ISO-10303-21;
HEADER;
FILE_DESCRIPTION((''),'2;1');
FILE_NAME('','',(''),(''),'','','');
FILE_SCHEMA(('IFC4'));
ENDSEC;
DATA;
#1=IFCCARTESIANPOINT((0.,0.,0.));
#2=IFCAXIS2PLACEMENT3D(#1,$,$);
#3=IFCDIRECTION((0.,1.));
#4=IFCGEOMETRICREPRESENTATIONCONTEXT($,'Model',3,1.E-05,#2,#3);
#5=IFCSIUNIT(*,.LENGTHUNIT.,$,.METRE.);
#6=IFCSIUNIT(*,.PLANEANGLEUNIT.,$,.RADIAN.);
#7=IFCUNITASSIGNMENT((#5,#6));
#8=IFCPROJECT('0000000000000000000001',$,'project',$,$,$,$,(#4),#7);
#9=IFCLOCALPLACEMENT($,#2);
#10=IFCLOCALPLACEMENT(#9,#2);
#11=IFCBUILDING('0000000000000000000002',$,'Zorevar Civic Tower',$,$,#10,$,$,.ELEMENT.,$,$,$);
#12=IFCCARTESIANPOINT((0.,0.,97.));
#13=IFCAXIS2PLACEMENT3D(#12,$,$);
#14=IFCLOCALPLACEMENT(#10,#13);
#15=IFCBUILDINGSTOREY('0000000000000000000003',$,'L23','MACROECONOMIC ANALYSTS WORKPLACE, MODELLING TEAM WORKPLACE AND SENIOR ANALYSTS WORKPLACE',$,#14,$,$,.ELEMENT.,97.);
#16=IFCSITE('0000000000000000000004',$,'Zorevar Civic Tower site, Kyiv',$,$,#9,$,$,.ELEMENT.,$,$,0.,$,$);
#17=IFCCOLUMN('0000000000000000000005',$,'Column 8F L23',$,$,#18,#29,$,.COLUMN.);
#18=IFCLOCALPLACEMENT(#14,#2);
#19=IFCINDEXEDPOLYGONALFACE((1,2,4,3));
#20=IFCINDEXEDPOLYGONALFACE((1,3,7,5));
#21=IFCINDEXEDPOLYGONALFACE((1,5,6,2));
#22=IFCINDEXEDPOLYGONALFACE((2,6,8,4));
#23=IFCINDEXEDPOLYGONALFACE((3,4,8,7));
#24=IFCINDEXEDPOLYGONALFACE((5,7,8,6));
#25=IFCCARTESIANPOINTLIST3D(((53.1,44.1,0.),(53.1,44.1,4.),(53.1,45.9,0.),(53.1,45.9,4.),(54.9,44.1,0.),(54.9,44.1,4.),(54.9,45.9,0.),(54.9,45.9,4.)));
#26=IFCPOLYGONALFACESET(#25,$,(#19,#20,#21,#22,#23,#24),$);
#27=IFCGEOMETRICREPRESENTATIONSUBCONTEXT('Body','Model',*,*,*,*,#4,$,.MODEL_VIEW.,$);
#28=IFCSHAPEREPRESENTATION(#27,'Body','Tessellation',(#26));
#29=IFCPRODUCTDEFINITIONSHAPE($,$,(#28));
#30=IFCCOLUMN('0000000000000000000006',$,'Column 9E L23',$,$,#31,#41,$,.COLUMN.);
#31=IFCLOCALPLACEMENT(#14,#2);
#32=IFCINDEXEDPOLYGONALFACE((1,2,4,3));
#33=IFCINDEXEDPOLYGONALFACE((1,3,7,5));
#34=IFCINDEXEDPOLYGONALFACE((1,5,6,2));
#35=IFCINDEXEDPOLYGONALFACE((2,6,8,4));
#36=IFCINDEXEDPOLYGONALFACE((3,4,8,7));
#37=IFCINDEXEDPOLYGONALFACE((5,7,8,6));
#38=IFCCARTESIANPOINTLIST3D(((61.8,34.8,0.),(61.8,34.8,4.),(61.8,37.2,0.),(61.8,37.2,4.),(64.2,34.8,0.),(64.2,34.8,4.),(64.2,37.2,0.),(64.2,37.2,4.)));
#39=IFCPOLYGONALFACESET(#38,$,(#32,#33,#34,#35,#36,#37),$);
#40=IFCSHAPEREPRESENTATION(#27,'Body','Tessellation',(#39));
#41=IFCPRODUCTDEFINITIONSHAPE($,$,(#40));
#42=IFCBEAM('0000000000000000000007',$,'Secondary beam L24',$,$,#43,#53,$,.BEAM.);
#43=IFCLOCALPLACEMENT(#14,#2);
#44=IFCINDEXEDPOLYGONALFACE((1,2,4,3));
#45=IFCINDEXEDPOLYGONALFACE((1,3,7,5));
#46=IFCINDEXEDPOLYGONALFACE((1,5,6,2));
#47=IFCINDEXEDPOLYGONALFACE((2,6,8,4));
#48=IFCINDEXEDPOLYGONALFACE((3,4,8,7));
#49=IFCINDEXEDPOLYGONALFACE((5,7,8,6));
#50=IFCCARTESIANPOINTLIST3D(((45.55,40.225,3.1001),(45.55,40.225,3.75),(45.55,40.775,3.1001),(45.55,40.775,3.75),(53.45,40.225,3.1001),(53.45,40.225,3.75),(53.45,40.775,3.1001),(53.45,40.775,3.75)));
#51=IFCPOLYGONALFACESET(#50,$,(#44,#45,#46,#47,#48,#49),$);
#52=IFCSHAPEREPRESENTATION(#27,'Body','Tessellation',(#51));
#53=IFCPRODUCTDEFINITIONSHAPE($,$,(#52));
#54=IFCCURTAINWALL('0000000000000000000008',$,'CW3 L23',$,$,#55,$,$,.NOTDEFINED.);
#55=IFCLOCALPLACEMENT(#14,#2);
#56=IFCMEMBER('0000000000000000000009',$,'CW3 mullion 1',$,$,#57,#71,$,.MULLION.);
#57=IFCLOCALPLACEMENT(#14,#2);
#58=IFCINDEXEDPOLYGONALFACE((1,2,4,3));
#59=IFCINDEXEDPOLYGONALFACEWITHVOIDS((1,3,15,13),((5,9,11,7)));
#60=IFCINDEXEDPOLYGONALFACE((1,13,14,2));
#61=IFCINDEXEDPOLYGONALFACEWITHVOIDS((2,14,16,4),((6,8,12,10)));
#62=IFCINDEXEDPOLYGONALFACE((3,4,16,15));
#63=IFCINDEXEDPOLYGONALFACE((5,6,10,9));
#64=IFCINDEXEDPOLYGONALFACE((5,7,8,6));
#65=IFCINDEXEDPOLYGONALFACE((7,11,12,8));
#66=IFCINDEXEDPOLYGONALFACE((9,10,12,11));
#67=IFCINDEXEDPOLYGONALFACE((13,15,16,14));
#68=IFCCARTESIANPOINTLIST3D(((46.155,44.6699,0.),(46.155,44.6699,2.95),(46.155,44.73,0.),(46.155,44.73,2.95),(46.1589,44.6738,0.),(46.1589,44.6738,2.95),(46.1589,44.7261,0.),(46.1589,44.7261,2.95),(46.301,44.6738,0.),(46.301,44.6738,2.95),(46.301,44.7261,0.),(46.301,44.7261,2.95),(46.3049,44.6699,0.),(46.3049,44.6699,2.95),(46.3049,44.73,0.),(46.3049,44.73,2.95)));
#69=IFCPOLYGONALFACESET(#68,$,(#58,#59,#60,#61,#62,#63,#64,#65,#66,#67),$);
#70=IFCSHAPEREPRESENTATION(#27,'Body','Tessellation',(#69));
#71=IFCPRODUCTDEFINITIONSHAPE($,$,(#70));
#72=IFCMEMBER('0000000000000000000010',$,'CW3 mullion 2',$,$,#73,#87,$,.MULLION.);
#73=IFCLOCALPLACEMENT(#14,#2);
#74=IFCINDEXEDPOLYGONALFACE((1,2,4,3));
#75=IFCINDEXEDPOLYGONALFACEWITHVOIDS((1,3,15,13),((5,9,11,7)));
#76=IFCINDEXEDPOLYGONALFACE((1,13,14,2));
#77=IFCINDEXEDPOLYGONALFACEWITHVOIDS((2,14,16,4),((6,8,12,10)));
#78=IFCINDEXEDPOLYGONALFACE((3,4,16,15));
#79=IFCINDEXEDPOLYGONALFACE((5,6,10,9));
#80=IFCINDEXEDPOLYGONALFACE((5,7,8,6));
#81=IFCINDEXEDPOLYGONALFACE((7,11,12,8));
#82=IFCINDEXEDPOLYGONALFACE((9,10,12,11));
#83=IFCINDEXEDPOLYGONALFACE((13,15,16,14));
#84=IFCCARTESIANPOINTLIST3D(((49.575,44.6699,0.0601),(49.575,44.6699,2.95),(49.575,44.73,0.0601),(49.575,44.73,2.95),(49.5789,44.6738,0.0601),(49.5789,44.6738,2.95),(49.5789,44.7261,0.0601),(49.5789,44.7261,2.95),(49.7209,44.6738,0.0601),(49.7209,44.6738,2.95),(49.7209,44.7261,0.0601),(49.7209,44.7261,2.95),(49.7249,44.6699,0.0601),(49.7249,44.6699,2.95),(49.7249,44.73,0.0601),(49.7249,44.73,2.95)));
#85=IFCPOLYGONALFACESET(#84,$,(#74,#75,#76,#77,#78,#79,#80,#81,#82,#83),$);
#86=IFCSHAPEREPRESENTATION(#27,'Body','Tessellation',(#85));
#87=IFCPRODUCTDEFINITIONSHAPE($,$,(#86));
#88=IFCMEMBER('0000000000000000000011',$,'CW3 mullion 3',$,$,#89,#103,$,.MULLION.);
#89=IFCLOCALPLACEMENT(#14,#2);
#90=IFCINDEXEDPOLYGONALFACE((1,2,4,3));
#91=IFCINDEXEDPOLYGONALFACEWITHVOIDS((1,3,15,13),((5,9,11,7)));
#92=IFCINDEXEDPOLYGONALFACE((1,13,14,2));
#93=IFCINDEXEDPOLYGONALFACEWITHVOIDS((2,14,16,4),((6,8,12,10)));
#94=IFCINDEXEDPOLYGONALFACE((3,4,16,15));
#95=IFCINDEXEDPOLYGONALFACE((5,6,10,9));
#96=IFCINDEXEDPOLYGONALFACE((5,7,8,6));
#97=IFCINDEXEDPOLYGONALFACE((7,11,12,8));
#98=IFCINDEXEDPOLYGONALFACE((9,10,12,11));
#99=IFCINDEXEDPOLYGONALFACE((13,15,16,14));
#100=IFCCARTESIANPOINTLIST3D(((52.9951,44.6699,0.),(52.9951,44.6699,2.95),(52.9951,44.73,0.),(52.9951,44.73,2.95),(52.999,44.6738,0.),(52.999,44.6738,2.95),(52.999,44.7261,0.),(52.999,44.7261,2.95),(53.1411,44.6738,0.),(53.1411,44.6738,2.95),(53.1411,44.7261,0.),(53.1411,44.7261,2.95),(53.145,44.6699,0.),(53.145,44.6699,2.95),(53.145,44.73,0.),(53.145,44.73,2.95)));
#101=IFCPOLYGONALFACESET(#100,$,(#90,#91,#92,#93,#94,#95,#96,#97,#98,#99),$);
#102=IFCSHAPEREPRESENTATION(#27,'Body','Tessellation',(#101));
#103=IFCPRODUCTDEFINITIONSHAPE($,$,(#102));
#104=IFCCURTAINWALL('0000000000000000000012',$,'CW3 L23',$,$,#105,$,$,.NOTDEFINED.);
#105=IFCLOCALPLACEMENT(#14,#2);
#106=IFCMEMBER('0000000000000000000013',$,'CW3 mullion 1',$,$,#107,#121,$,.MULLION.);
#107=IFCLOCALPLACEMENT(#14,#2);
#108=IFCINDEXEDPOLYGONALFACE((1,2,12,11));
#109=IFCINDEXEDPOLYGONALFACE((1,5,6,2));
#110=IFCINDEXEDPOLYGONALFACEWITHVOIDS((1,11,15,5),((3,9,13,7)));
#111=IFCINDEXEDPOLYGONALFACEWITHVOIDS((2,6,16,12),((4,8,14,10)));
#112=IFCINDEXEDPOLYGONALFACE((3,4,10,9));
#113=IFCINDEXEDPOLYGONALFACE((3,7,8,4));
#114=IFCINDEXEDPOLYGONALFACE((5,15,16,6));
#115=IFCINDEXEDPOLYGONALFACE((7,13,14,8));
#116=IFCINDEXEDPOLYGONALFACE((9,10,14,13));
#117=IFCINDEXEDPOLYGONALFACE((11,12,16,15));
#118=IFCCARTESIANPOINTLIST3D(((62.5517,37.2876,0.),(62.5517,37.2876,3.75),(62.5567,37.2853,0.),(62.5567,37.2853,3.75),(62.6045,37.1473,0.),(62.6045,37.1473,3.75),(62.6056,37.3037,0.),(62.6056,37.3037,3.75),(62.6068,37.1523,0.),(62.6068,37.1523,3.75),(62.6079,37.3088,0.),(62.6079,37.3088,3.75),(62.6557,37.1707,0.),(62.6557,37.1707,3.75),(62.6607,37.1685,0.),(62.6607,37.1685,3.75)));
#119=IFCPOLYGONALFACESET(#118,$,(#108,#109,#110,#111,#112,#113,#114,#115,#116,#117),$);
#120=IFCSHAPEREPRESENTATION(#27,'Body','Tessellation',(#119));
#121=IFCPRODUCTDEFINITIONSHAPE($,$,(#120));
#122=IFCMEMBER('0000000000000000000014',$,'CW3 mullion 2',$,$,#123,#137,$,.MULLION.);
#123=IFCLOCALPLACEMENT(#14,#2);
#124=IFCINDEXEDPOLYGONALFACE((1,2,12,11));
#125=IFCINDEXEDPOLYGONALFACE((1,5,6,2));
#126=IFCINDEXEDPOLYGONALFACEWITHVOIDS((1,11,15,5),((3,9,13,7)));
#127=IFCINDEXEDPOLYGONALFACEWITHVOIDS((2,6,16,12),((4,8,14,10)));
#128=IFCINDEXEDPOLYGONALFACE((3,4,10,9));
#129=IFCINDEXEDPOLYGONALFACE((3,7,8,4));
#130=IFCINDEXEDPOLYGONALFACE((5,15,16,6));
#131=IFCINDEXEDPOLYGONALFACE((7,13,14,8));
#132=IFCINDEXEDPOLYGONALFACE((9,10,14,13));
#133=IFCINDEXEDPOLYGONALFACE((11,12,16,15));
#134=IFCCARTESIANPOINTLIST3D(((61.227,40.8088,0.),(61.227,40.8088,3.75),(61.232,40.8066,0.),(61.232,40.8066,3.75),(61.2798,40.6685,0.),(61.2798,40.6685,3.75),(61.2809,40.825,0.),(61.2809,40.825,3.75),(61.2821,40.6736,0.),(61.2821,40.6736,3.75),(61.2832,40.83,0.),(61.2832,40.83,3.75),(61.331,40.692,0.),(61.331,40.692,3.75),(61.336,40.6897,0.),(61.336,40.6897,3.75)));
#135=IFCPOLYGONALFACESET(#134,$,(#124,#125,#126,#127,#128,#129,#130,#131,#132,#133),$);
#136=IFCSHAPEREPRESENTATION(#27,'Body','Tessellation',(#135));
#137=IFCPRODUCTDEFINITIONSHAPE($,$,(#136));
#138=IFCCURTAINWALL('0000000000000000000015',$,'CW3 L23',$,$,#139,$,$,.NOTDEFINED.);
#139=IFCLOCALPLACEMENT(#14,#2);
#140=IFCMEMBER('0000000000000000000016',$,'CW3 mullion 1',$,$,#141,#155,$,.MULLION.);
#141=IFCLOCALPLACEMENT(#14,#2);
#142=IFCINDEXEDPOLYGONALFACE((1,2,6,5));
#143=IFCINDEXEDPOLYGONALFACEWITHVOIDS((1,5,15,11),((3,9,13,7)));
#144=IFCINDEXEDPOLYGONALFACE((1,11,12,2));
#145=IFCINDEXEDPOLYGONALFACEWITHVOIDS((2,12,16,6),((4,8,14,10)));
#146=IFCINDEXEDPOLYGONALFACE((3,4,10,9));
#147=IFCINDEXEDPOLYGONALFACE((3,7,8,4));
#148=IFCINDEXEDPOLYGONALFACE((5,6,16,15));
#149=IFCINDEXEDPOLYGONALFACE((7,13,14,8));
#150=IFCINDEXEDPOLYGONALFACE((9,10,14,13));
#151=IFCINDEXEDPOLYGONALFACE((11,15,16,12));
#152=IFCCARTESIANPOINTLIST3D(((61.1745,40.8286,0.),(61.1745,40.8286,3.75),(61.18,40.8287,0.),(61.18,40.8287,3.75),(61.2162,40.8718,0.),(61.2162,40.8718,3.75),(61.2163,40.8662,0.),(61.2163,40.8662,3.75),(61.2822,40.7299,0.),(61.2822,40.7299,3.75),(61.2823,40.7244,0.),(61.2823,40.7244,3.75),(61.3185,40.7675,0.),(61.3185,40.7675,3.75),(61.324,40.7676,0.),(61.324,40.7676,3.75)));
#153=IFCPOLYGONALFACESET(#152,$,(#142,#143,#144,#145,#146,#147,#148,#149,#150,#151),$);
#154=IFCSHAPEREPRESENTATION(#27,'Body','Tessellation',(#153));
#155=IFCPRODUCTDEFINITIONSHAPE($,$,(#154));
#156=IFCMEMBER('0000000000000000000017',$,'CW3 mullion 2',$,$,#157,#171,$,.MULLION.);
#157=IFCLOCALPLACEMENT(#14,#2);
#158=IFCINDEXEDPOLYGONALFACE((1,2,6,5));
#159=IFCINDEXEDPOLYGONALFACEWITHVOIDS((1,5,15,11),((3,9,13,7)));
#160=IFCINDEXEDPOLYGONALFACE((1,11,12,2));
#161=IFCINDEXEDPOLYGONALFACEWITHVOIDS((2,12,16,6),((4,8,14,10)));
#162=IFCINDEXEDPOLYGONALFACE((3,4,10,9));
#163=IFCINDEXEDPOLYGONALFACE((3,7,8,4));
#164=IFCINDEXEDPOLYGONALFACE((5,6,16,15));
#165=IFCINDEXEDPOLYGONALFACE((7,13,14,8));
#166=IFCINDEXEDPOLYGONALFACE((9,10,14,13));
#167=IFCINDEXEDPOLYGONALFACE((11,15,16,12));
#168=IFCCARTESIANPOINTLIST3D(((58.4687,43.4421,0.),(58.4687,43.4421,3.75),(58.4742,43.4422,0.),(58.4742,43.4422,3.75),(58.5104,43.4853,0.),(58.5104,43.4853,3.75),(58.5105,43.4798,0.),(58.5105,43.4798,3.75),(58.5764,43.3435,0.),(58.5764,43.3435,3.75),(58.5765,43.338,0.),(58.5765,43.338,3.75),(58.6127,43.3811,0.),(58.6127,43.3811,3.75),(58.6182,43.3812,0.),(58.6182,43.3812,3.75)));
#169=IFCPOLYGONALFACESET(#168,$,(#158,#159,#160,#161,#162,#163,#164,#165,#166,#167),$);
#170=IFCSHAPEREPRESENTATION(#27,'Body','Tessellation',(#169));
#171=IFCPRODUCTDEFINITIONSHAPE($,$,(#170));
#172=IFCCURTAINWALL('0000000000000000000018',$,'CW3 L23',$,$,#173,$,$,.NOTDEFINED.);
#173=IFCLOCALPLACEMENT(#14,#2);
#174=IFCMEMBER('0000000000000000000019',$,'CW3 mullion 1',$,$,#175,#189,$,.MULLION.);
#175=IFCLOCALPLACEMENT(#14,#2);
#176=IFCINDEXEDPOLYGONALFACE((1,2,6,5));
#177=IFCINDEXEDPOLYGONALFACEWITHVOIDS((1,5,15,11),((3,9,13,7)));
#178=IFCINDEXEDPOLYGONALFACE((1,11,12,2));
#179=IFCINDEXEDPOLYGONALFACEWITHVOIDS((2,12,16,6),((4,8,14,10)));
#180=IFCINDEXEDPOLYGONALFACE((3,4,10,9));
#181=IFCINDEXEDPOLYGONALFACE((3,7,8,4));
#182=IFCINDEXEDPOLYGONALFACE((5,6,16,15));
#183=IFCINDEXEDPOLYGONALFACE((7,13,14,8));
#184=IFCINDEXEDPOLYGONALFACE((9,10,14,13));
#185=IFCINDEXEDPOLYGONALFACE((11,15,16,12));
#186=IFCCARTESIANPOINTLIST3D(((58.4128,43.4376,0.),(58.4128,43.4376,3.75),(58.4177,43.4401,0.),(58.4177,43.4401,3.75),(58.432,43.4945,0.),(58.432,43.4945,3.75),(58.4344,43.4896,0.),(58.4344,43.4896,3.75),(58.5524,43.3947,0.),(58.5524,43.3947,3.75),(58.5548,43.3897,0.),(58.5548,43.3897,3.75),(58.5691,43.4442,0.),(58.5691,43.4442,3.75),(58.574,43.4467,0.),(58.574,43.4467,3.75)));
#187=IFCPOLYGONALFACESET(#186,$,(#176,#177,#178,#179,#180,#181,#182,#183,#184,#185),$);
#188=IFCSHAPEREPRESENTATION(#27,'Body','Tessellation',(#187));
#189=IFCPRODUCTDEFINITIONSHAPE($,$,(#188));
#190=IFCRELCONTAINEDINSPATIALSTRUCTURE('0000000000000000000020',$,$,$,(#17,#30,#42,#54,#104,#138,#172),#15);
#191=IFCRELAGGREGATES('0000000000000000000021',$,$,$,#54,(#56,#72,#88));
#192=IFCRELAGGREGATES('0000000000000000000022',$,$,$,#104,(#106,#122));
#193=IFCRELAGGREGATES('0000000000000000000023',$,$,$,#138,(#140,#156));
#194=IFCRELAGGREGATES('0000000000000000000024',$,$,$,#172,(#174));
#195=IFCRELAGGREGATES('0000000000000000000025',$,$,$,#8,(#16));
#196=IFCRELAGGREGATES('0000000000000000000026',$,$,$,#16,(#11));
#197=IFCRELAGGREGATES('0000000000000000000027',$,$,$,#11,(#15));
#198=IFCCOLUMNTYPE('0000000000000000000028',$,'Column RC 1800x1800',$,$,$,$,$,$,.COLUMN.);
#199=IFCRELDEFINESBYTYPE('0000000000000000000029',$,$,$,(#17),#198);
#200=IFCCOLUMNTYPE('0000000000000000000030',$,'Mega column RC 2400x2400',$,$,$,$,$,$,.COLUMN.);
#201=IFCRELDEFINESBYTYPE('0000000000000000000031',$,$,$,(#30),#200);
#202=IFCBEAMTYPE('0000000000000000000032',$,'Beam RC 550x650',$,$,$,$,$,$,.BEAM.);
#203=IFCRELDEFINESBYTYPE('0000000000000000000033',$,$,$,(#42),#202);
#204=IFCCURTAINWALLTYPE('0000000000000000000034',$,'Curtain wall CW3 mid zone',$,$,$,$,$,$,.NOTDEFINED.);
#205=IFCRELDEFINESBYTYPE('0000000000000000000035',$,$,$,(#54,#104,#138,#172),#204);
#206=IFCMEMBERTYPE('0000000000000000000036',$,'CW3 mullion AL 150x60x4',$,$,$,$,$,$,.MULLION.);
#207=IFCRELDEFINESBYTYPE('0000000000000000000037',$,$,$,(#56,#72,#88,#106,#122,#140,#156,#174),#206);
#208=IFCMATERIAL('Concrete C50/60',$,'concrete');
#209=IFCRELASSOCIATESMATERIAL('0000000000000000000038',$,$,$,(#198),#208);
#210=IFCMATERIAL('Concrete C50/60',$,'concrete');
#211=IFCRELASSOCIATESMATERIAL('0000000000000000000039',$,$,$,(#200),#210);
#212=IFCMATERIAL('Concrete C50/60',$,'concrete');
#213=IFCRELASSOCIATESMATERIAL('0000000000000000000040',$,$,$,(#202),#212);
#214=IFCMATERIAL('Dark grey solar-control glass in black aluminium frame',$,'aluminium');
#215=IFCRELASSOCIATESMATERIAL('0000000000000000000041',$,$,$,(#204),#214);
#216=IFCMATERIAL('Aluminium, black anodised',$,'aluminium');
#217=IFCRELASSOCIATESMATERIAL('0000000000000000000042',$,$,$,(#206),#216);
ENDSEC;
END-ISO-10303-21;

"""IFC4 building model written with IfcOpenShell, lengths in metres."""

from ifc_helpers import new_model, si_unit, direction, frame, origin, origin_2d, place, context, subcontext, project, spatial, rectangle, hollow_rectangle, extrude, material, material_profile, profile_set, type_object, element, aggregate, save


model = new_model("IFC4")

# Units and contexts
model_context = context("Model", 3, precision=1e-05, world=origin(), true_north=direction((0.0, 1.0)))
body_context = subcontext(model_context, "Body", "Model", "MODEL_VIEW")
ifc_project = project(units=[si_unit("LENGTHUNIT", "METRE"), si_unit("PLANEANGLEUNIT", "RADIAN")], contexts=[model_context])

# Site, building, storey
site_placement = place(None, origin())
site = spatial("IfcSite", under=ifc_project, at=site_placement, Name="Zorevar Civic Tower site, Kyiv", CompositionType="ELEMENT", RefElevation=0.0)
building_placement = place(site_placement, origin())
building = spatial("IfcBuilding", under=site, at=building_placement, Name="Zorevar Civic Tower", CompositionType="ELEMENT")
storey_placement = place(building_placement, frame((0.0, 0.0, 97.0)))
storey = spatial("IfcBuildingStorey", under=building, at=storey_placement, Name="L23", Description="MACROECONOMIC ANALYSTS WORKPLACE, MODELLING TEAM WORKPLACE AND SENIOR ANALYSTS WORKPLACE", CompositionType="ELEMENT", Elevation=97.0)

# Columns
ifc_material_1 = material(Name="Concrete C50/60", Category="concrete")
ifc_material_profile_1 = material_profile(ifc_material_1, rectangle(XDim=1.8, YDim=1.8, at=origin_2d()), Name="RC 1800x1800")
ifc_profile_set_1 = profile_set([ifc_material_profile_1], Name="Concrete C50/60")
column_type_1 = type_object("IfcColumnType", Name="Column RC 1800x1800", PredefinedType="COLUMN", material=ifc_profile_set_1)
column_1_placement = place(storey_placement, frame((54.0, 45.0, 0.0), z_axis=(0.0, 0.0, 1.0), x_axis=(1.0, 0.0, 0.0)))
element("IfcColumn", 1, at=column_1_placement, inside=storey, type_object=column_type_1, Name="Column 8F L23", PredefinedType="COLUMN", context=body_context, shape_type="SweptSolid", body=[
    extrude(rectangle(XDim=1.8, YDim=1.8, at=origin_2d()), origin(), (0.0, 0.0, 1.0), 4.0),
])
ifc_material_2 = material(Name="Concrete C50/60", Category="concrete")
ifc_material_profile_2 = material_profile(ifc_material_2, rectangle(XDim=2.3999, YDim=2.3999, at=origin_2d()), Name="RC 2400x2400")
ifc_profile_set_2 = profile_set([ifc_material_profile_2], Name="Concrete C50/60")
column_type_2 = type_object("IfcColumnType", Name="Mega column RC 2400x2400", PredefinedType="COLUMN", material=ifc_profile_set_2)
column_2_placement = place(storey_placement, frame((63.0, 36.0, 0.0), z_axis=(0.0, 0.0, 1.0), x_axis=(1.0, 0.0, 0.0)))
element("IfcColumn", 2, at=column_2_placement, inside=storey, type_object=column_type_2, Name="Column 9E L23", PredefinedType="COLUMN", context=body_context, shape_type="SweptSolid", body=[
    extrude(rectangle(XDim=2.3999, YDim=2.3999, at=origin_2d()), origin(), (0.0, 0.0, 1.0), 4.0),
])

# Beam
ifc_material_3 = material(Name="Concrete C50/60", Category="concrete")
ifc_material_profile_3 = material_profile(ifc_material_3, rectangle(XDim=0.55, YDim=0.6499, at=origin_2d()), Name="RC 550x650")
ifc_profile_set_3 = profile_set([ifc_material_profile_3], Name="Concrete C50/60")
beam_type_1 = type_object("IfcBeamType", Name="Beam RC 550x650", PredefinedType="BEAM", material=ifc_profile_set_3)
beam_1_placement = place(storey_placement, frame((45.55, 40.5, 3.425), z_axis=(1.0, 0.0, 0.0), x_axis=(0.0, 1.0, 0.0)))
element("IfcBeam", 3, at=beam_1_placement, inside=storey, type_object=beam_type_1, Name="Secondary beam L24", PredefinedType="BEAM", context=body_context, shape_type="SweptSolid", body=[
    extrude(rectangle(XDim=0.55, YDim=0.6499, at=origin_2d()), origin(), (0.0, 0.0, 1.0), 7.8999),
])

# Curtain walls, members
ifc_material_4 = material(Name="Dark grey solar-control glass in black aluminium frame", Category="aluminium")
curtain_wall_type = type_object("IfcCurtainWallType", Name="Curtain wall CW3 mid zone", PredefinedType="NOTDEFINED", material=ifc_material_4)
curtain_wall_1_placement = place(storey_placement, origin())
curtain_wall_1 = element("IfcCurtainWall", 4, at=curtain_wall_1_placement, inside=storey, type_object=curtain_wall_type, Name="CW3 L23", PredefinedType="NOTDEFINED")
ifc_material_5 = material(Name="Aluminium, black anodised", Category="aluminium")
ifc_material_profile_4 = material_profile(ifc_material_5, hollow_rectangle(XDim=0.0601, YDim=0.1499, WallThickness=0.0039, at=origin_2d()), Name="AL 150x60x4")
ifc_profile_set_4 = profile_set([ifc_material_profile_4], Name="Aluminium, black anodised")
member_type_1 = type_object("IfcMemberType", Name="CW3 mullion AL 150x60x4", PredefinedType="MULLION", material=ifc_profile_set_4)
member_1_placement = place(storey_placement, frame((46.23, 44.7, 0.0), z_axis=(0.0, 0.0, 1.0), x_axis=(0.0, 1.0, 0.0)))
member_1 = element("IfcMember", 5, at=member_1_placement, type_object=member_type_1, Name="CW3 mullion 1", PredefinedType="MULLION", context=body_context, shape_type="SweptSolid", body=[
    extrude(hollow_rectangle(XDim=0.0601, YDim=0.1499, WallThickness=0.0039, at=origin_2d()), origin(), (0.0, 0.0, 1.0), 2.95),
])
member_2_placement = place(storey_placement, frame((49.6499, 44.7, 0.0601), z_axis=(0.0, 0.0, 1.0), x_axis=(0.0, 1.0, 0.0)))
member_2 = element("IfcMember", 6, at=member_2_placement, type_object=member_type_1, Name="CW3 mullion 2", PredefinedType="MULLION", context=body_context, shape_type="SweptSolid", body=[
    extrude(hollow_rectangle(XDim=0.0601, YDim=0.1499, WallThickness=0.0039, at=origin_2d()), origin(), (0.0, 0.0, 1.0), 2.8899),
])
member_3_placement = place(storey_placement, frame((53.0701, 44.7, 0.0), z_axis=(0.0, 0.0, 1.0), x_axis=(0.0, 1.0, 0.0)))
member_3 = element("IfcMember", 7, at=member_3_placement, type_object=member_type_1, Name="CW3 mullion 3", PredefinedType="MULLION", context=body_context, shape_type="SweptSolid", body=[
    extrude(hollow_rectangle(XDim=0.0601, YDim=0.1499, WallThickness=0.0039, at=origin_2d()), origin(), (0.0, 0.0, 1.0), 2.95),
])
curtain_wall_2_placement = place(storey_placement, origin())
curtain_wall_2 = element("IfcCurtainWall", 8, at=curtain_wall_2_placement, inside=storey, type_object=curtain_wall_type, Name="CW3 L23", PredefinedType="NOTDEFINED")
member_4_placement = place(storey_placement, frame((62.6062, 37.228, 0.0), z_axis=(0.0, 0.0, 1.0), x_axis=(-0.935951, -0.352132, 0.0)))
member_4 = element("IfcMember", 9, at=member_4_placement, type_object=member_type_1, Name="CW3 mullion 1", PredefinedType="MULLION", context=body_context, shape_type="SweptSolid", body=[
    extrude(hollow_rectangle(XDim=0.0601, YDim=0.1499, WallThickness=0.0039, at=origin_2d()), origin(), (0.0, 0.0, 1.0), 3.75),
])
member_5_placement = place(storey_placement, frame((61.2815, 40.7493, 0.0), z_axis=(0.0, 0.0, 1.0), x_axis=(-0.935951, -0.352132, 0.0)))
member_5 = element("IfcMember", 10, at=member_5_placement, type_object=member_type_1, Name="CW3 mullion 2", PredefinedType="MULLION", context=body_context, shape_type="SweptSolid", body=[
    extrude(hollow_rectangle(XDim=0.0601, YDim=0.1499, WallThickness=0.0039, at=origin_2d()), origin(), (0.0, 0.0, 1.0), 3.75),
])
curtain_wall_3_placement = place(storey_placement, origin())
curtain_wall_3 = element("IfcCurtainWall", 11, at=curtain_wall_3_placement, inside=storey, type_object=curtain_wall_type, Name="CW3 L23", PredefinedType="NOTDEFINED")
member_6_placement = place(storey_placement, frame((61.2493, 40.7981, 0.0), z_axis=(0.0, 0.0, 1.0), x_axis=(-0.694719, -0.719281, 0.0)))
member_6 = element("IfcMember", 12, at=member_6_placement, type_object=member_type_1, Name="CW3 mullion 1", PredefinedType="MULLION", context=body_context, shape_type="SweptSolid", body=[
    extrude(hollow_rectangle(XDim=0.0601, YDim=0.1499, WallThickness=0.0039, at=origin_2d()), origin(), (0.0, 0.0, 1.0), 3.75),
])
member_7_placement = place(storey_placement, frame((58.5435, 43.4116, 0.0), z_axis=(0.0, 0.0, 1.0), x_axis=(-0.694719, -0.719281, 0.0)))
member_7 = element("IfcMember", 13, at=member_7_placement, type_object=member_type_1, Name="CW3 mullion 2", PredefinedType="MULLION", context=body_context, shape_type="SweptSolid", body=[
    extrude(hollow_rectangle(XDim=0.0601, YDim=0.1499, WallThickness=0.0039, at=origin_2d()), origin(), (0.0, 0.0, 1.0), 3.75),
])
curtain_wall_4_placement = place(storey_placement, origin())
curtain_wall_4 = element("IfcCurtainWall", 14, at=curtain_wall_4_placement, inside=storey, type_object=curtain_wall_type, Name="CW3 L23", PredefinedType="NOTDEFINED")
member_8_placement = place(storey_placement, frame((58.4934, 43.4421, 0.0), z_axis=(0.0, 0.0, 1.0), x_axis=(-0.319413, -0.947616, 0.0)))
member_8 = element("IfcMember", 15, at=member_8_placement, type_object=member_type_1, Name="CW3 mullion 1", PredefinedType="MULLION", context=body_context, shape_type="SweptSolid", body=[
    extrude(hollow_rectangle(XDim=0.0601, YDim=0.1499, WallThickness=0.0039, at=origin_2d()), origin(), (0.0, 0.0, 1.0), 3.75),
])

aggregate(curtain_wall_1, [member_1, member_2, member_3])
aggregate(curtain_wall_2, [member_4, member_5])
aggregate(curtain_wall_3, [member_6, member_7])
aggregate(curtain_wall_4, [member_8])

save(model, "model.ifc")
